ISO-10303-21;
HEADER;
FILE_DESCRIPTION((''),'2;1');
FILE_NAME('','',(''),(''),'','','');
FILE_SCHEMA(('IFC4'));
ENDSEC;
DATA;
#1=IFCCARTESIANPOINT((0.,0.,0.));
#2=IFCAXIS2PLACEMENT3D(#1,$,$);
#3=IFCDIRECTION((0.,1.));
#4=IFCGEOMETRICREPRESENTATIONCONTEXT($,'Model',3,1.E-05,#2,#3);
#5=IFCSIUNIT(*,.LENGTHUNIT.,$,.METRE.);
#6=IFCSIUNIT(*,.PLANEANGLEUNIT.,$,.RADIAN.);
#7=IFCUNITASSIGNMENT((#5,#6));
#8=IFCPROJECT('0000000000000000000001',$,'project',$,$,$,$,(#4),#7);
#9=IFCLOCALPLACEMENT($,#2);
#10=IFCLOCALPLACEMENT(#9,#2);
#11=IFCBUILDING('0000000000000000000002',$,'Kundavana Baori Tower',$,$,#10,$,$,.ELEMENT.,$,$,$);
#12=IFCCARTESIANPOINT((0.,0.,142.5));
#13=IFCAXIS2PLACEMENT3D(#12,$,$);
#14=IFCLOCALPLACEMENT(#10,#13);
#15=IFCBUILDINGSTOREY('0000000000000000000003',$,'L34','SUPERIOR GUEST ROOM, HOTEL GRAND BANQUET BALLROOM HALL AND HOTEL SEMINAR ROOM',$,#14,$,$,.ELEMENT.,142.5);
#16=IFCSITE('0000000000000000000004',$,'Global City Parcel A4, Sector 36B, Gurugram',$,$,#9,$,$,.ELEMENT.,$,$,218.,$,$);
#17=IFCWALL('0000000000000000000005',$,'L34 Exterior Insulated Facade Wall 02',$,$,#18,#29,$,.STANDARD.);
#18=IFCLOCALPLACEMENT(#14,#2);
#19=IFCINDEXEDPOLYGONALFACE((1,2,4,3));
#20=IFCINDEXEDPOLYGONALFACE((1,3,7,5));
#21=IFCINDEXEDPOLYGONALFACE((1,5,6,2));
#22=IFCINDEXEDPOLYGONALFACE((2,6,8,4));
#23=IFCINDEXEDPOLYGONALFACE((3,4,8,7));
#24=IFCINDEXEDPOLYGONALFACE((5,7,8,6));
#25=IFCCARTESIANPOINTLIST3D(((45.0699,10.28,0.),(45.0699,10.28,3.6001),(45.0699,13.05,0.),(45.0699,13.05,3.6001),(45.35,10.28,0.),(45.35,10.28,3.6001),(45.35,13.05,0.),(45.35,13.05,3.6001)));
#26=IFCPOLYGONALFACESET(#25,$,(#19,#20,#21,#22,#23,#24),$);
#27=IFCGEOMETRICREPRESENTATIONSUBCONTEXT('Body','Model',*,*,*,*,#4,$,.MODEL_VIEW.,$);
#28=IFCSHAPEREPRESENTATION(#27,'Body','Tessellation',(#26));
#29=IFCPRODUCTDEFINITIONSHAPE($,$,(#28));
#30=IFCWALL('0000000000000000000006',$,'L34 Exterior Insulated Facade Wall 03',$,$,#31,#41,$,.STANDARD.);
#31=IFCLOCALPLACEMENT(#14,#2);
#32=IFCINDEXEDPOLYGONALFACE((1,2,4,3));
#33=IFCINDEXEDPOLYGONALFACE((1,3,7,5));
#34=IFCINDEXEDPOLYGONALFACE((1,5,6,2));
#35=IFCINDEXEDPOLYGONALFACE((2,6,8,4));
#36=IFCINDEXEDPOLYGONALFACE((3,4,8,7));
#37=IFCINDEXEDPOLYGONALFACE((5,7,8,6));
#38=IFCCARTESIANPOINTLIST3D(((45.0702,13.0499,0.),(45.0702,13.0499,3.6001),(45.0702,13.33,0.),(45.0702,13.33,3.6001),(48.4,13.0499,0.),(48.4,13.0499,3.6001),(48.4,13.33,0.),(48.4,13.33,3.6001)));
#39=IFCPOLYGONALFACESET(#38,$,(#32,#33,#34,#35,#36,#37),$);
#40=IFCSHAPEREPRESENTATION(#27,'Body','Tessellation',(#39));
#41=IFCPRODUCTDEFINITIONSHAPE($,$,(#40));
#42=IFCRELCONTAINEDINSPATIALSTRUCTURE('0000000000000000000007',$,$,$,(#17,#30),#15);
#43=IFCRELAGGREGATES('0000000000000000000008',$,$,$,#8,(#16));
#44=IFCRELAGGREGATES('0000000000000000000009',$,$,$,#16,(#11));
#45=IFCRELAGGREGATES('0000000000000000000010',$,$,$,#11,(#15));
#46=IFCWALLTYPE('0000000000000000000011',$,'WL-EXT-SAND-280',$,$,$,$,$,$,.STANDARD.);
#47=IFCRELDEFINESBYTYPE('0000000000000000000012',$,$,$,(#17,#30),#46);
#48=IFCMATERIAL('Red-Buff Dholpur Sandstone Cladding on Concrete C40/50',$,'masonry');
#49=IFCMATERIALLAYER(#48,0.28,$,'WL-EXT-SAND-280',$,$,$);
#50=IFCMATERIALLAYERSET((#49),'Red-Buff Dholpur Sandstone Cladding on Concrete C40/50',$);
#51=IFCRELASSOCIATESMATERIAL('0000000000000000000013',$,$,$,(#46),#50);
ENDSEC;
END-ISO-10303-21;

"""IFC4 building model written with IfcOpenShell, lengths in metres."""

from ifc_helpers import new_model, si_unit, direction, frame, frame_2d, origin, place, context, subcontext, project, spatial, rectangle, extrude, material, layer, layer_set, type_object, element, save


model = new_model("IFC4")

# Units and contexts
model_context = context("Model", 3, precision=1e-05, world=origin(), true_north=direction((0.0, 1.0)))
body_context = subcontext(model_context, "Body", "Model", "MODEL_VIEW")
ifc_project = project(units=[si_unit("LENGTHUNIT", "METRE"), si_unit("PLANEANGLEUNIT", "RADIAN")], contexts=[model_context])

# Site, building, storey
site_placement = place(None, origin())
site = spatial("IfcSite", under=ifc_project, at=site_placement, Name="Global City Parcel A4, Sector 36B, Gurugram", CompositionType="ELEMENT", RefElevation=218.0)
building_placement = place(site_placement, origin())
building = spatial("IfcBuilding", under=site, at=building_placement, Name="Kundavana Baori Tower", CompositionType="ELEMENT")
storey_placement = place(building_placement, frame((0.0, 0.0, 142.5)))
storey = spatial("IfcBuildingStorey", under=building, at=storey_placement, Name="L34", Description="SUPERIOR GUEST ROOM, HOTEL GRAND BANQUET BALLROOM HALL AND HOTEL SEMINAR ROOM", CompositionType="ELEMENT", Elevation=142.5)

# Walls
ifc_material_1 = material(Name="Red-Buff Dholpur Sandstone Cladding on Concrete C40/50", Category="masonry")
ifc_layer_1 = layer(ifc_material_1, 0.28, Name="WL-EXT-SAND-280")
ifc_layer_set_1 = layer_set([ifc_layer_1], Name="Red-Buff Dholpur Sandstone Cladding on Concrete C40/50")
wall_type_1 = type_object("IfcWallType", Name="WL-EXT-SAND-280", PredefinedType="STANDARD", material=ifc_layer_set_1)
wall_1_placement = place(storey_placement, frame((45.21, 10.28, 0.0), z_axis=(0.0, 0.0, 1.0), x_axis=(0.0, 1.0, 0.0)))
element("IfcWall", 1, at=wall_1_placement, inside=storey, type_object=wall_type_1, Name="L34 Exterior Insulated Facade Wall 02", PredefinedType="STANDARD", context=body_context, shape_type="SweptSolid", body=[
    extrude(rectangle(XDim=2.77, YDim=0.28, at=frame_2d((1.385, 0.0))), origin(), (0.0, 0.0, 1.0), 3.6001),
])
wall_2_placement = place(storey_placement, frame((45.0701, 13.1899, 0.0), z_axis=(0.0, 0.0, 1.0), x_axis=(1.0, 0.0, 0.0)))
element("IfcWall", 2, at=wall_2_placement, inside=storey, type_object=wall_type_1, Name="L34 Exterior Insulated Facade Wall 03", PredefinedType="STANDARD", context=body_context, shape_type="SweptSolid", body=[
    extrude(rectangle(XDim=3.3298, YDim=0.28, at=frame_2d((1.665, 0.0))), origin(), (0.0, 0.0, 1.0), 3.6001),
])

save(model, "model.ifc")
